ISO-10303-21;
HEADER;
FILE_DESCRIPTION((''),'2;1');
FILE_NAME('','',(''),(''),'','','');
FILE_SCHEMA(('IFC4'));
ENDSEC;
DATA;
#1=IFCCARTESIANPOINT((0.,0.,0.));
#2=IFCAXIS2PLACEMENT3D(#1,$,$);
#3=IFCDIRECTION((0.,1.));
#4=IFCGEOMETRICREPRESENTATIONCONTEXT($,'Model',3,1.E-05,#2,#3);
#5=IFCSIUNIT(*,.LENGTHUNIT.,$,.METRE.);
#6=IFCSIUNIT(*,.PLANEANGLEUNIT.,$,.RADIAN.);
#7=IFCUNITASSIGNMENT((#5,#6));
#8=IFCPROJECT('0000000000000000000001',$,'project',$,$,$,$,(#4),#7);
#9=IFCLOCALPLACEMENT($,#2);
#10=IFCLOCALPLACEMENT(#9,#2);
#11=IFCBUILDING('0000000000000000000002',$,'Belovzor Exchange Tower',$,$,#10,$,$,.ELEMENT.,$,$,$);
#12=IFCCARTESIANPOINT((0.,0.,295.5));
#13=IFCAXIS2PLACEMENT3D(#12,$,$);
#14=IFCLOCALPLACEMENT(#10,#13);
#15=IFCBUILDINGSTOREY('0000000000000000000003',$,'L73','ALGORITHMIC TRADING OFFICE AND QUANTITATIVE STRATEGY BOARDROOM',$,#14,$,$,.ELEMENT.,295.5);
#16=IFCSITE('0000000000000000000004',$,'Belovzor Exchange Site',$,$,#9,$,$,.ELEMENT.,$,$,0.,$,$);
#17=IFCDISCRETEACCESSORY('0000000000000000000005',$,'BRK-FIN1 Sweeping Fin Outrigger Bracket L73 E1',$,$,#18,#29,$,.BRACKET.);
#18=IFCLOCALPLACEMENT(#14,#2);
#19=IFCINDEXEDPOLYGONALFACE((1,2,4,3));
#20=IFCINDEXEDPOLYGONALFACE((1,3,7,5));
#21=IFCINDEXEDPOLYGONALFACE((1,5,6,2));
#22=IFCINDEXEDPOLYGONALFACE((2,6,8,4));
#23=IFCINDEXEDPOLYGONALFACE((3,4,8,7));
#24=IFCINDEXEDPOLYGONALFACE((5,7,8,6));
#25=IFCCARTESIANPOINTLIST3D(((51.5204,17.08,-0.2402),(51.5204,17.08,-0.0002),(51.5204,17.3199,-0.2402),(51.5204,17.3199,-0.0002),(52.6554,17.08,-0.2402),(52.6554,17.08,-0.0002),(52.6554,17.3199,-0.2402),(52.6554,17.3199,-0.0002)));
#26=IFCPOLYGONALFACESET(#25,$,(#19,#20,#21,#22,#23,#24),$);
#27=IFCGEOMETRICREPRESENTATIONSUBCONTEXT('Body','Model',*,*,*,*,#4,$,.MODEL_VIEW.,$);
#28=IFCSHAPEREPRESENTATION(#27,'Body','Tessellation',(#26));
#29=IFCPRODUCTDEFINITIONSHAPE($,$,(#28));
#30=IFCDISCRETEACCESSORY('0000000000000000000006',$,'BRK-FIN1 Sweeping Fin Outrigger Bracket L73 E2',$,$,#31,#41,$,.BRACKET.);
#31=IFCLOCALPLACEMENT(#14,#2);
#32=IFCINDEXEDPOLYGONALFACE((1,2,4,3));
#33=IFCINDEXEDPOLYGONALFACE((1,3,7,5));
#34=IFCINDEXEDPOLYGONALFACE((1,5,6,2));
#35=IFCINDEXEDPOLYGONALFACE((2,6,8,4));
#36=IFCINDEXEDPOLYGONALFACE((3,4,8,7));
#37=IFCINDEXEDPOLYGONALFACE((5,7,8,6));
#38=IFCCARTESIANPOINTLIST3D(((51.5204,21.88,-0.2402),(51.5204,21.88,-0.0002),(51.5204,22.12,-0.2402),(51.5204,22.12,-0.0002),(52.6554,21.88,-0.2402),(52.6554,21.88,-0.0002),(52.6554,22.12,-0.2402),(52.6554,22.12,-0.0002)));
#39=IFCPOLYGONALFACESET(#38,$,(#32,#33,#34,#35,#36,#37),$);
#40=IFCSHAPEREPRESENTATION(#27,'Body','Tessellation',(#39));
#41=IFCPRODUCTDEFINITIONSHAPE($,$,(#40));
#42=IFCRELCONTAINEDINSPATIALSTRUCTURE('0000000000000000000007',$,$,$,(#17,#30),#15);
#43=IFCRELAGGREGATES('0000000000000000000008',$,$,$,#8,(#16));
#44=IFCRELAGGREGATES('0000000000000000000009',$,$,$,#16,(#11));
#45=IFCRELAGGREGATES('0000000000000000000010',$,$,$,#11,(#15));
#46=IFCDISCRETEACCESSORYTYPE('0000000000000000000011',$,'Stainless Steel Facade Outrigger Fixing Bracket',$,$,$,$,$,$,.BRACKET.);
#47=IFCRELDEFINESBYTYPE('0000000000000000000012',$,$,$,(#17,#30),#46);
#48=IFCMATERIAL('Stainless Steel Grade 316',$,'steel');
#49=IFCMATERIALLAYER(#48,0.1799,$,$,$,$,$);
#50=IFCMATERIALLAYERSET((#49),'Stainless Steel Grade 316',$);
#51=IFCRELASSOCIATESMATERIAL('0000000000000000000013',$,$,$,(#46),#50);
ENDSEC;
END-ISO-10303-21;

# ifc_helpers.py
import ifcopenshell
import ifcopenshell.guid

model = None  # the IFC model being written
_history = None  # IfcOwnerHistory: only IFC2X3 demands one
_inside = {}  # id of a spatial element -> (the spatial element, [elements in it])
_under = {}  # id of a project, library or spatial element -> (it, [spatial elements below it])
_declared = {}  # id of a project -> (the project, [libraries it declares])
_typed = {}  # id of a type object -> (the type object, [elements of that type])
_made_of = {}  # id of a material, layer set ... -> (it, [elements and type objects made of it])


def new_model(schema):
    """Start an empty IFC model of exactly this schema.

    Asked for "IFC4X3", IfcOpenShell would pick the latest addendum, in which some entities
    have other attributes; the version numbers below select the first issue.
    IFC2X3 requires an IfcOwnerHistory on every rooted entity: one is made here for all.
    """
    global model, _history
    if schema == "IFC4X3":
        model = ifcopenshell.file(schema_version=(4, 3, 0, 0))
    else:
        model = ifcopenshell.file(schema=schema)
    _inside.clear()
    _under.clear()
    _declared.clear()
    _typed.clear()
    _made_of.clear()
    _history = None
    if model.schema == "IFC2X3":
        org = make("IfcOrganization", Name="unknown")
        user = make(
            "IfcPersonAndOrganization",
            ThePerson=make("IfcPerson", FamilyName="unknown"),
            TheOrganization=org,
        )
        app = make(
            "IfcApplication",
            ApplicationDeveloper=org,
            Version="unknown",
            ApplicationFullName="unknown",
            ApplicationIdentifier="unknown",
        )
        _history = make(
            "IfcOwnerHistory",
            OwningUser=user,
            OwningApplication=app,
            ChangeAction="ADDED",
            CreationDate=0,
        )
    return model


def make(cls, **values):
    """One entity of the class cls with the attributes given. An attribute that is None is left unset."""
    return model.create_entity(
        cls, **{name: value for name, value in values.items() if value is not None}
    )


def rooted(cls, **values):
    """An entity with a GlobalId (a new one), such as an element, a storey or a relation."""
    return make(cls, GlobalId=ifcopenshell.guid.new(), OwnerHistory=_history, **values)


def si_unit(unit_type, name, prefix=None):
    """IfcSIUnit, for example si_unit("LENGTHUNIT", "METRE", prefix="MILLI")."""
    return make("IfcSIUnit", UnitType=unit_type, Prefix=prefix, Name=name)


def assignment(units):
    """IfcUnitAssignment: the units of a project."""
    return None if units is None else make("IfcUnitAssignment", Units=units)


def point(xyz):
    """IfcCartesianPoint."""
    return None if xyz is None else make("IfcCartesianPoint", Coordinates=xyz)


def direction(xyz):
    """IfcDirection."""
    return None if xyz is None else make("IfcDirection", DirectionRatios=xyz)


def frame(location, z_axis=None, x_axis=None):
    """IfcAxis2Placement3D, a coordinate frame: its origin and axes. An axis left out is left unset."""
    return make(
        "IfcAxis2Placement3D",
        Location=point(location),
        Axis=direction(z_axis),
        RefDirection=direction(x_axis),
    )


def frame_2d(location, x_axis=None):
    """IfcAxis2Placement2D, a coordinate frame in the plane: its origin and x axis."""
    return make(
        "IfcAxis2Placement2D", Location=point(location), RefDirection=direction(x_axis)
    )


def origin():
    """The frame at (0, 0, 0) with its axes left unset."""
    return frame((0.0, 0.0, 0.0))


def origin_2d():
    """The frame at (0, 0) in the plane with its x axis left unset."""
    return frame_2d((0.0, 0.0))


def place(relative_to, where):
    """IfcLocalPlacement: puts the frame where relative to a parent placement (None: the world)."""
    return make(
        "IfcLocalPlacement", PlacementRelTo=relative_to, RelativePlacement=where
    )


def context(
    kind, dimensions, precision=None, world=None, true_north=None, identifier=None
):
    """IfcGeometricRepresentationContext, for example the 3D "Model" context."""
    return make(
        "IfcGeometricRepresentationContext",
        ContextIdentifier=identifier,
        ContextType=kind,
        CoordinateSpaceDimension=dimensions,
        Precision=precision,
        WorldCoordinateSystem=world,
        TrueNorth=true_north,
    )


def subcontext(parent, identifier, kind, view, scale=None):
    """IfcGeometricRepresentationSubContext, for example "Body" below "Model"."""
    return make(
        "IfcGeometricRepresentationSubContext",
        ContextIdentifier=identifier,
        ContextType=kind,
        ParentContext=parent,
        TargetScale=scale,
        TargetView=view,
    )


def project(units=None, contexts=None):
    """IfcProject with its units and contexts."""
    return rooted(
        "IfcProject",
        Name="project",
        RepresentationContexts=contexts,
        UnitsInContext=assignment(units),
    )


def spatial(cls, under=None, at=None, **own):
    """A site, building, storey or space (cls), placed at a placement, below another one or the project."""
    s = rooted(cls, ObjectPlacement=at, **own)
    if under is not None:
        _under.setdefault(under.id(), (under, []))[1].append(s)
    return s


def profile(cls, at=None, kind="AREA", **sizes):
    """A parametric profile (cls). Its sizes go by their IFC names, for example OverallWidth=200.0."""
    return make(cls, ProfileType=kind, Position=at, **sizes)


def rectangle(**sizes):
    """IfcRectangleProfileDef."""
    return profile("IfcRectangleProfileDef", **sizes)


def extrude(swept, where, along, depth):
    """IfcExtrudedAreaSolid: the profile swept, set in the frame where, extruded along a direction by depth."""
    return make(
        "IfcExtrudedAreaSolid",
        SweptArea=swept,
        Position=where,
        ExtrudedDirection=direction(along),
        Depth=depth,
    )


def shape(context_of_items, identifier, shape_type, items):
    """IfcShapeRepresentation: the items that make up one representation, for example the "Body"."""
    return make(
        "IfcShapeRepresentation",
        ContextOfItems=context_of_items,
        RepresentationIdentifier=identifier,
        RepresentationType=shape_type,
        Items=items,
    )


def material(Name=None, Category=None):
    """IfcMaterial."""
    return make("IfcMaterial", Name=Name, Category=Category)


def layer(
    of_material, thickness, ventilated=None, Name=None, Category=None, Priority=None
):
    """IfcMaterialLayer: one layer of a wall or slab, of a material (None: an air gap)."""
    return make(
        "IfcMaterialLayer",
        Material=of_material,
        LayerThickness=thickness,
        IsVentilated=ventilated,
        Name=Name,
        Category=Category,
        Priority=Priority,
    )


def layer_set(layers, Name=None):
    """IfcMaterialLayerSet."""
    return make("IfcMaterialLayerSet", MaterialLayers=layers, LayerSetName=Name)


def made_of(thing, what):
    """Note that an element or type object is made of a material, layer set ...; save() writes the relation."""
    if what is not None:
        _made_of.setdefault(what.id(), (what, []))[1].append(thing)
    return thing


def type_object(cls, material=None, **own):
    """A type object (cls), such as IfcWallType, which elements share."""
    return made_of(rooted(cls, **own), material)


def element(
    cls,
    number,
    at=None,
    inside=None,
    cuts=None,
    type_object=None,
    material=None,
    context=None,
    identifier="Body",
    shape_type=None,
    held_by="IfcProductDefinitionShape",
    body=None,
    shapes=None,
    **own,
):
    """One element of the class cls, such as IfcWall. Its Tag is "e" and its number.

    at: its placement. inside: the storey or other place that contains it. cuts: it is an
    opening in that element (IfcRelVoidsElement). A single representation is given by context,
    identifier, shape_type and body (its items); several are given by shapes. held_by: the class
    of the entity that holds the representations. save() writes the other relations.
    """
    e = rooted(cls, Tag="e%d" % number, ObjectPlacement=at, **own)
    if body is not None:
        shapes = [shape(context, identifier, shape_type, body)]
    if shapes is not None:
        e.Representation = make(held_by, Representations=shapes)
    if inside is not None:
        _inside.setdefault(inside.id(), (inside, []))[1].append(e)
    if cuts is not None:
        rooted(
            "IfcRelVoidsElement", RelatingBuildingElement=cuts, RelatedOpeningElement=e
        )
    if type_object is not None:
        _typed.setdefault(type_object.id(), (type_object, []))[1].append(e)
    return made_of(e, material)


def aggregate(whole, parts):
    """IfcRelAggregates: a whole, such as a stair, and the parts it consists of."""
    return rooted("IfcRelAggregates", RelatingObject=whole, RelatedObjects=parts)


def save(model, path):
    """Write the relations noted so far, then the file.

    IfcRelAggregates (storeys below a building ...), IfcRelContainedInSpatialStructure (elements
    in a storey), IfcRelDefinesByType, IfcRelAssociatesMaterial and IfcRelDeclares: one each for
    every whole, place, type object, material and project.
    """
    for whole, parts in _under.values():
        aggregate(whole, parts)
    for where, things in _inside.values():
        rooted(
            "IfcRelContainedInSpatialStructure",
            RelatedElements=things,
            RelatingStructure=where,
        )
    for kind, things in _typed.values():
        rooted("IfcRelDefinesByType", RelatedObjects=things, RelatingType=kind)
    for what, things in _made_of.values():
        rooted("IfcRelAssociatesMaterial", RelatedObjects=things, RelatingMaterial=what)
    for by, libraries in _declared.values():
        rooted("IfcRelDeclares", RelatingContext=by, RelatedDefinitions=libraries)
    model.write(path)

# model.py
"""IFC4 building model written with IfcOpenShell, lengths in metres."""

from ifc_helpers import new_model, si_unit, direction, frame, origin, origin_2d, place, context, subcontext, project, spatial, rectangle, extrude, material, layer, layer_set, type_object, element, save


model = new_model("IFC4")

# Units and contexts
model_context = context("Model", 3, precision=1e-05, world=origin(), true_north=direction((0.0, 1.0)))
body_context = subcontext(model_context, "Body", "Model", "MODEL_VIEW")
ifc_project = project(units=[si_unit("LENGTHUNIT", "METRE"), si_unit("PLANEANGLEUNIT", "RADIAN")], contexts=[model_context])

# Site, building, storey
site_placement = place(None, origin())
site = spatial("IfcSite", under=ifc_project, at=site_placement, Name="Belovzor Exchange Site", CompositionType="ELEMENT", RefElevation=0.0)
building_placement = place(site_placement, origin())
building = spatial("IfcBuilding", under=site, at=building_placement, Name="Belovzor Exchange Tower", CompositionType="ELEMENT")
storey_placement = place(building_placement, frame((0.0, 0.0, 295.5)))
storey = spatial("IfcBuildingStorey", under=building, at=storey_placement, Name="L73", Description="ALGORITHMIC TRADING OFFICE AND QUANTITATIVE STRATEGY BOARDROOM", CompositionType="ELEMENT", Elevation=295.5)

# Discrete accessories
ifc_material_1 = material(Name="Stainless Steel Grade 316", Category="steel")
ifc_layer_1 = layer(ifc_material_1, 0.1799)
ifc_layer_set_1 = layer_set([ifc_layer_1], Name="Stainless Steel Grade 316")
discrete_accessory_type = type_object("IfcDiscreteAccessoryType", Name="Stainless Steel Facade Outrigger Fixing Bracket", PredefinedType="BRACKET", material=ifc_layer_set_1)
for number, where, z_axis, x_axis, name in (
    (1, (52.0879, 17.2, -0.2402), (0.0, 0.0, 1.0), (1.0, 0.0, 0.0), "BRK-FIN1 Sweeping Fin Outrigger Bracket L73 E1"),
    (2, (52.0879, 22.0, -0.2402), (0.0, 0.0, 1.0), (1.0, 0.0, 0.0), "BRK-FIN1 Sweeping Fin Outrigger Bracket L73 E2"),
):
    element("IfcDiscreteAccessory", number, at=place(storey_placement, frame(where, z_axis=z_axis, x_axis=x_axis)), inside=storey, type_object=discrete_accessory_type, Name=name, PredefinedType="BRACKET", context=body_context, shape_type="SweptSolid", body=[
        extrude(rectangle(XDim=1.135, YDim=0.24, at=origin_2d()), origin(), (0.0, 0.0, 1.0), 0.24),
    ])

save(model, "model.ifc")
